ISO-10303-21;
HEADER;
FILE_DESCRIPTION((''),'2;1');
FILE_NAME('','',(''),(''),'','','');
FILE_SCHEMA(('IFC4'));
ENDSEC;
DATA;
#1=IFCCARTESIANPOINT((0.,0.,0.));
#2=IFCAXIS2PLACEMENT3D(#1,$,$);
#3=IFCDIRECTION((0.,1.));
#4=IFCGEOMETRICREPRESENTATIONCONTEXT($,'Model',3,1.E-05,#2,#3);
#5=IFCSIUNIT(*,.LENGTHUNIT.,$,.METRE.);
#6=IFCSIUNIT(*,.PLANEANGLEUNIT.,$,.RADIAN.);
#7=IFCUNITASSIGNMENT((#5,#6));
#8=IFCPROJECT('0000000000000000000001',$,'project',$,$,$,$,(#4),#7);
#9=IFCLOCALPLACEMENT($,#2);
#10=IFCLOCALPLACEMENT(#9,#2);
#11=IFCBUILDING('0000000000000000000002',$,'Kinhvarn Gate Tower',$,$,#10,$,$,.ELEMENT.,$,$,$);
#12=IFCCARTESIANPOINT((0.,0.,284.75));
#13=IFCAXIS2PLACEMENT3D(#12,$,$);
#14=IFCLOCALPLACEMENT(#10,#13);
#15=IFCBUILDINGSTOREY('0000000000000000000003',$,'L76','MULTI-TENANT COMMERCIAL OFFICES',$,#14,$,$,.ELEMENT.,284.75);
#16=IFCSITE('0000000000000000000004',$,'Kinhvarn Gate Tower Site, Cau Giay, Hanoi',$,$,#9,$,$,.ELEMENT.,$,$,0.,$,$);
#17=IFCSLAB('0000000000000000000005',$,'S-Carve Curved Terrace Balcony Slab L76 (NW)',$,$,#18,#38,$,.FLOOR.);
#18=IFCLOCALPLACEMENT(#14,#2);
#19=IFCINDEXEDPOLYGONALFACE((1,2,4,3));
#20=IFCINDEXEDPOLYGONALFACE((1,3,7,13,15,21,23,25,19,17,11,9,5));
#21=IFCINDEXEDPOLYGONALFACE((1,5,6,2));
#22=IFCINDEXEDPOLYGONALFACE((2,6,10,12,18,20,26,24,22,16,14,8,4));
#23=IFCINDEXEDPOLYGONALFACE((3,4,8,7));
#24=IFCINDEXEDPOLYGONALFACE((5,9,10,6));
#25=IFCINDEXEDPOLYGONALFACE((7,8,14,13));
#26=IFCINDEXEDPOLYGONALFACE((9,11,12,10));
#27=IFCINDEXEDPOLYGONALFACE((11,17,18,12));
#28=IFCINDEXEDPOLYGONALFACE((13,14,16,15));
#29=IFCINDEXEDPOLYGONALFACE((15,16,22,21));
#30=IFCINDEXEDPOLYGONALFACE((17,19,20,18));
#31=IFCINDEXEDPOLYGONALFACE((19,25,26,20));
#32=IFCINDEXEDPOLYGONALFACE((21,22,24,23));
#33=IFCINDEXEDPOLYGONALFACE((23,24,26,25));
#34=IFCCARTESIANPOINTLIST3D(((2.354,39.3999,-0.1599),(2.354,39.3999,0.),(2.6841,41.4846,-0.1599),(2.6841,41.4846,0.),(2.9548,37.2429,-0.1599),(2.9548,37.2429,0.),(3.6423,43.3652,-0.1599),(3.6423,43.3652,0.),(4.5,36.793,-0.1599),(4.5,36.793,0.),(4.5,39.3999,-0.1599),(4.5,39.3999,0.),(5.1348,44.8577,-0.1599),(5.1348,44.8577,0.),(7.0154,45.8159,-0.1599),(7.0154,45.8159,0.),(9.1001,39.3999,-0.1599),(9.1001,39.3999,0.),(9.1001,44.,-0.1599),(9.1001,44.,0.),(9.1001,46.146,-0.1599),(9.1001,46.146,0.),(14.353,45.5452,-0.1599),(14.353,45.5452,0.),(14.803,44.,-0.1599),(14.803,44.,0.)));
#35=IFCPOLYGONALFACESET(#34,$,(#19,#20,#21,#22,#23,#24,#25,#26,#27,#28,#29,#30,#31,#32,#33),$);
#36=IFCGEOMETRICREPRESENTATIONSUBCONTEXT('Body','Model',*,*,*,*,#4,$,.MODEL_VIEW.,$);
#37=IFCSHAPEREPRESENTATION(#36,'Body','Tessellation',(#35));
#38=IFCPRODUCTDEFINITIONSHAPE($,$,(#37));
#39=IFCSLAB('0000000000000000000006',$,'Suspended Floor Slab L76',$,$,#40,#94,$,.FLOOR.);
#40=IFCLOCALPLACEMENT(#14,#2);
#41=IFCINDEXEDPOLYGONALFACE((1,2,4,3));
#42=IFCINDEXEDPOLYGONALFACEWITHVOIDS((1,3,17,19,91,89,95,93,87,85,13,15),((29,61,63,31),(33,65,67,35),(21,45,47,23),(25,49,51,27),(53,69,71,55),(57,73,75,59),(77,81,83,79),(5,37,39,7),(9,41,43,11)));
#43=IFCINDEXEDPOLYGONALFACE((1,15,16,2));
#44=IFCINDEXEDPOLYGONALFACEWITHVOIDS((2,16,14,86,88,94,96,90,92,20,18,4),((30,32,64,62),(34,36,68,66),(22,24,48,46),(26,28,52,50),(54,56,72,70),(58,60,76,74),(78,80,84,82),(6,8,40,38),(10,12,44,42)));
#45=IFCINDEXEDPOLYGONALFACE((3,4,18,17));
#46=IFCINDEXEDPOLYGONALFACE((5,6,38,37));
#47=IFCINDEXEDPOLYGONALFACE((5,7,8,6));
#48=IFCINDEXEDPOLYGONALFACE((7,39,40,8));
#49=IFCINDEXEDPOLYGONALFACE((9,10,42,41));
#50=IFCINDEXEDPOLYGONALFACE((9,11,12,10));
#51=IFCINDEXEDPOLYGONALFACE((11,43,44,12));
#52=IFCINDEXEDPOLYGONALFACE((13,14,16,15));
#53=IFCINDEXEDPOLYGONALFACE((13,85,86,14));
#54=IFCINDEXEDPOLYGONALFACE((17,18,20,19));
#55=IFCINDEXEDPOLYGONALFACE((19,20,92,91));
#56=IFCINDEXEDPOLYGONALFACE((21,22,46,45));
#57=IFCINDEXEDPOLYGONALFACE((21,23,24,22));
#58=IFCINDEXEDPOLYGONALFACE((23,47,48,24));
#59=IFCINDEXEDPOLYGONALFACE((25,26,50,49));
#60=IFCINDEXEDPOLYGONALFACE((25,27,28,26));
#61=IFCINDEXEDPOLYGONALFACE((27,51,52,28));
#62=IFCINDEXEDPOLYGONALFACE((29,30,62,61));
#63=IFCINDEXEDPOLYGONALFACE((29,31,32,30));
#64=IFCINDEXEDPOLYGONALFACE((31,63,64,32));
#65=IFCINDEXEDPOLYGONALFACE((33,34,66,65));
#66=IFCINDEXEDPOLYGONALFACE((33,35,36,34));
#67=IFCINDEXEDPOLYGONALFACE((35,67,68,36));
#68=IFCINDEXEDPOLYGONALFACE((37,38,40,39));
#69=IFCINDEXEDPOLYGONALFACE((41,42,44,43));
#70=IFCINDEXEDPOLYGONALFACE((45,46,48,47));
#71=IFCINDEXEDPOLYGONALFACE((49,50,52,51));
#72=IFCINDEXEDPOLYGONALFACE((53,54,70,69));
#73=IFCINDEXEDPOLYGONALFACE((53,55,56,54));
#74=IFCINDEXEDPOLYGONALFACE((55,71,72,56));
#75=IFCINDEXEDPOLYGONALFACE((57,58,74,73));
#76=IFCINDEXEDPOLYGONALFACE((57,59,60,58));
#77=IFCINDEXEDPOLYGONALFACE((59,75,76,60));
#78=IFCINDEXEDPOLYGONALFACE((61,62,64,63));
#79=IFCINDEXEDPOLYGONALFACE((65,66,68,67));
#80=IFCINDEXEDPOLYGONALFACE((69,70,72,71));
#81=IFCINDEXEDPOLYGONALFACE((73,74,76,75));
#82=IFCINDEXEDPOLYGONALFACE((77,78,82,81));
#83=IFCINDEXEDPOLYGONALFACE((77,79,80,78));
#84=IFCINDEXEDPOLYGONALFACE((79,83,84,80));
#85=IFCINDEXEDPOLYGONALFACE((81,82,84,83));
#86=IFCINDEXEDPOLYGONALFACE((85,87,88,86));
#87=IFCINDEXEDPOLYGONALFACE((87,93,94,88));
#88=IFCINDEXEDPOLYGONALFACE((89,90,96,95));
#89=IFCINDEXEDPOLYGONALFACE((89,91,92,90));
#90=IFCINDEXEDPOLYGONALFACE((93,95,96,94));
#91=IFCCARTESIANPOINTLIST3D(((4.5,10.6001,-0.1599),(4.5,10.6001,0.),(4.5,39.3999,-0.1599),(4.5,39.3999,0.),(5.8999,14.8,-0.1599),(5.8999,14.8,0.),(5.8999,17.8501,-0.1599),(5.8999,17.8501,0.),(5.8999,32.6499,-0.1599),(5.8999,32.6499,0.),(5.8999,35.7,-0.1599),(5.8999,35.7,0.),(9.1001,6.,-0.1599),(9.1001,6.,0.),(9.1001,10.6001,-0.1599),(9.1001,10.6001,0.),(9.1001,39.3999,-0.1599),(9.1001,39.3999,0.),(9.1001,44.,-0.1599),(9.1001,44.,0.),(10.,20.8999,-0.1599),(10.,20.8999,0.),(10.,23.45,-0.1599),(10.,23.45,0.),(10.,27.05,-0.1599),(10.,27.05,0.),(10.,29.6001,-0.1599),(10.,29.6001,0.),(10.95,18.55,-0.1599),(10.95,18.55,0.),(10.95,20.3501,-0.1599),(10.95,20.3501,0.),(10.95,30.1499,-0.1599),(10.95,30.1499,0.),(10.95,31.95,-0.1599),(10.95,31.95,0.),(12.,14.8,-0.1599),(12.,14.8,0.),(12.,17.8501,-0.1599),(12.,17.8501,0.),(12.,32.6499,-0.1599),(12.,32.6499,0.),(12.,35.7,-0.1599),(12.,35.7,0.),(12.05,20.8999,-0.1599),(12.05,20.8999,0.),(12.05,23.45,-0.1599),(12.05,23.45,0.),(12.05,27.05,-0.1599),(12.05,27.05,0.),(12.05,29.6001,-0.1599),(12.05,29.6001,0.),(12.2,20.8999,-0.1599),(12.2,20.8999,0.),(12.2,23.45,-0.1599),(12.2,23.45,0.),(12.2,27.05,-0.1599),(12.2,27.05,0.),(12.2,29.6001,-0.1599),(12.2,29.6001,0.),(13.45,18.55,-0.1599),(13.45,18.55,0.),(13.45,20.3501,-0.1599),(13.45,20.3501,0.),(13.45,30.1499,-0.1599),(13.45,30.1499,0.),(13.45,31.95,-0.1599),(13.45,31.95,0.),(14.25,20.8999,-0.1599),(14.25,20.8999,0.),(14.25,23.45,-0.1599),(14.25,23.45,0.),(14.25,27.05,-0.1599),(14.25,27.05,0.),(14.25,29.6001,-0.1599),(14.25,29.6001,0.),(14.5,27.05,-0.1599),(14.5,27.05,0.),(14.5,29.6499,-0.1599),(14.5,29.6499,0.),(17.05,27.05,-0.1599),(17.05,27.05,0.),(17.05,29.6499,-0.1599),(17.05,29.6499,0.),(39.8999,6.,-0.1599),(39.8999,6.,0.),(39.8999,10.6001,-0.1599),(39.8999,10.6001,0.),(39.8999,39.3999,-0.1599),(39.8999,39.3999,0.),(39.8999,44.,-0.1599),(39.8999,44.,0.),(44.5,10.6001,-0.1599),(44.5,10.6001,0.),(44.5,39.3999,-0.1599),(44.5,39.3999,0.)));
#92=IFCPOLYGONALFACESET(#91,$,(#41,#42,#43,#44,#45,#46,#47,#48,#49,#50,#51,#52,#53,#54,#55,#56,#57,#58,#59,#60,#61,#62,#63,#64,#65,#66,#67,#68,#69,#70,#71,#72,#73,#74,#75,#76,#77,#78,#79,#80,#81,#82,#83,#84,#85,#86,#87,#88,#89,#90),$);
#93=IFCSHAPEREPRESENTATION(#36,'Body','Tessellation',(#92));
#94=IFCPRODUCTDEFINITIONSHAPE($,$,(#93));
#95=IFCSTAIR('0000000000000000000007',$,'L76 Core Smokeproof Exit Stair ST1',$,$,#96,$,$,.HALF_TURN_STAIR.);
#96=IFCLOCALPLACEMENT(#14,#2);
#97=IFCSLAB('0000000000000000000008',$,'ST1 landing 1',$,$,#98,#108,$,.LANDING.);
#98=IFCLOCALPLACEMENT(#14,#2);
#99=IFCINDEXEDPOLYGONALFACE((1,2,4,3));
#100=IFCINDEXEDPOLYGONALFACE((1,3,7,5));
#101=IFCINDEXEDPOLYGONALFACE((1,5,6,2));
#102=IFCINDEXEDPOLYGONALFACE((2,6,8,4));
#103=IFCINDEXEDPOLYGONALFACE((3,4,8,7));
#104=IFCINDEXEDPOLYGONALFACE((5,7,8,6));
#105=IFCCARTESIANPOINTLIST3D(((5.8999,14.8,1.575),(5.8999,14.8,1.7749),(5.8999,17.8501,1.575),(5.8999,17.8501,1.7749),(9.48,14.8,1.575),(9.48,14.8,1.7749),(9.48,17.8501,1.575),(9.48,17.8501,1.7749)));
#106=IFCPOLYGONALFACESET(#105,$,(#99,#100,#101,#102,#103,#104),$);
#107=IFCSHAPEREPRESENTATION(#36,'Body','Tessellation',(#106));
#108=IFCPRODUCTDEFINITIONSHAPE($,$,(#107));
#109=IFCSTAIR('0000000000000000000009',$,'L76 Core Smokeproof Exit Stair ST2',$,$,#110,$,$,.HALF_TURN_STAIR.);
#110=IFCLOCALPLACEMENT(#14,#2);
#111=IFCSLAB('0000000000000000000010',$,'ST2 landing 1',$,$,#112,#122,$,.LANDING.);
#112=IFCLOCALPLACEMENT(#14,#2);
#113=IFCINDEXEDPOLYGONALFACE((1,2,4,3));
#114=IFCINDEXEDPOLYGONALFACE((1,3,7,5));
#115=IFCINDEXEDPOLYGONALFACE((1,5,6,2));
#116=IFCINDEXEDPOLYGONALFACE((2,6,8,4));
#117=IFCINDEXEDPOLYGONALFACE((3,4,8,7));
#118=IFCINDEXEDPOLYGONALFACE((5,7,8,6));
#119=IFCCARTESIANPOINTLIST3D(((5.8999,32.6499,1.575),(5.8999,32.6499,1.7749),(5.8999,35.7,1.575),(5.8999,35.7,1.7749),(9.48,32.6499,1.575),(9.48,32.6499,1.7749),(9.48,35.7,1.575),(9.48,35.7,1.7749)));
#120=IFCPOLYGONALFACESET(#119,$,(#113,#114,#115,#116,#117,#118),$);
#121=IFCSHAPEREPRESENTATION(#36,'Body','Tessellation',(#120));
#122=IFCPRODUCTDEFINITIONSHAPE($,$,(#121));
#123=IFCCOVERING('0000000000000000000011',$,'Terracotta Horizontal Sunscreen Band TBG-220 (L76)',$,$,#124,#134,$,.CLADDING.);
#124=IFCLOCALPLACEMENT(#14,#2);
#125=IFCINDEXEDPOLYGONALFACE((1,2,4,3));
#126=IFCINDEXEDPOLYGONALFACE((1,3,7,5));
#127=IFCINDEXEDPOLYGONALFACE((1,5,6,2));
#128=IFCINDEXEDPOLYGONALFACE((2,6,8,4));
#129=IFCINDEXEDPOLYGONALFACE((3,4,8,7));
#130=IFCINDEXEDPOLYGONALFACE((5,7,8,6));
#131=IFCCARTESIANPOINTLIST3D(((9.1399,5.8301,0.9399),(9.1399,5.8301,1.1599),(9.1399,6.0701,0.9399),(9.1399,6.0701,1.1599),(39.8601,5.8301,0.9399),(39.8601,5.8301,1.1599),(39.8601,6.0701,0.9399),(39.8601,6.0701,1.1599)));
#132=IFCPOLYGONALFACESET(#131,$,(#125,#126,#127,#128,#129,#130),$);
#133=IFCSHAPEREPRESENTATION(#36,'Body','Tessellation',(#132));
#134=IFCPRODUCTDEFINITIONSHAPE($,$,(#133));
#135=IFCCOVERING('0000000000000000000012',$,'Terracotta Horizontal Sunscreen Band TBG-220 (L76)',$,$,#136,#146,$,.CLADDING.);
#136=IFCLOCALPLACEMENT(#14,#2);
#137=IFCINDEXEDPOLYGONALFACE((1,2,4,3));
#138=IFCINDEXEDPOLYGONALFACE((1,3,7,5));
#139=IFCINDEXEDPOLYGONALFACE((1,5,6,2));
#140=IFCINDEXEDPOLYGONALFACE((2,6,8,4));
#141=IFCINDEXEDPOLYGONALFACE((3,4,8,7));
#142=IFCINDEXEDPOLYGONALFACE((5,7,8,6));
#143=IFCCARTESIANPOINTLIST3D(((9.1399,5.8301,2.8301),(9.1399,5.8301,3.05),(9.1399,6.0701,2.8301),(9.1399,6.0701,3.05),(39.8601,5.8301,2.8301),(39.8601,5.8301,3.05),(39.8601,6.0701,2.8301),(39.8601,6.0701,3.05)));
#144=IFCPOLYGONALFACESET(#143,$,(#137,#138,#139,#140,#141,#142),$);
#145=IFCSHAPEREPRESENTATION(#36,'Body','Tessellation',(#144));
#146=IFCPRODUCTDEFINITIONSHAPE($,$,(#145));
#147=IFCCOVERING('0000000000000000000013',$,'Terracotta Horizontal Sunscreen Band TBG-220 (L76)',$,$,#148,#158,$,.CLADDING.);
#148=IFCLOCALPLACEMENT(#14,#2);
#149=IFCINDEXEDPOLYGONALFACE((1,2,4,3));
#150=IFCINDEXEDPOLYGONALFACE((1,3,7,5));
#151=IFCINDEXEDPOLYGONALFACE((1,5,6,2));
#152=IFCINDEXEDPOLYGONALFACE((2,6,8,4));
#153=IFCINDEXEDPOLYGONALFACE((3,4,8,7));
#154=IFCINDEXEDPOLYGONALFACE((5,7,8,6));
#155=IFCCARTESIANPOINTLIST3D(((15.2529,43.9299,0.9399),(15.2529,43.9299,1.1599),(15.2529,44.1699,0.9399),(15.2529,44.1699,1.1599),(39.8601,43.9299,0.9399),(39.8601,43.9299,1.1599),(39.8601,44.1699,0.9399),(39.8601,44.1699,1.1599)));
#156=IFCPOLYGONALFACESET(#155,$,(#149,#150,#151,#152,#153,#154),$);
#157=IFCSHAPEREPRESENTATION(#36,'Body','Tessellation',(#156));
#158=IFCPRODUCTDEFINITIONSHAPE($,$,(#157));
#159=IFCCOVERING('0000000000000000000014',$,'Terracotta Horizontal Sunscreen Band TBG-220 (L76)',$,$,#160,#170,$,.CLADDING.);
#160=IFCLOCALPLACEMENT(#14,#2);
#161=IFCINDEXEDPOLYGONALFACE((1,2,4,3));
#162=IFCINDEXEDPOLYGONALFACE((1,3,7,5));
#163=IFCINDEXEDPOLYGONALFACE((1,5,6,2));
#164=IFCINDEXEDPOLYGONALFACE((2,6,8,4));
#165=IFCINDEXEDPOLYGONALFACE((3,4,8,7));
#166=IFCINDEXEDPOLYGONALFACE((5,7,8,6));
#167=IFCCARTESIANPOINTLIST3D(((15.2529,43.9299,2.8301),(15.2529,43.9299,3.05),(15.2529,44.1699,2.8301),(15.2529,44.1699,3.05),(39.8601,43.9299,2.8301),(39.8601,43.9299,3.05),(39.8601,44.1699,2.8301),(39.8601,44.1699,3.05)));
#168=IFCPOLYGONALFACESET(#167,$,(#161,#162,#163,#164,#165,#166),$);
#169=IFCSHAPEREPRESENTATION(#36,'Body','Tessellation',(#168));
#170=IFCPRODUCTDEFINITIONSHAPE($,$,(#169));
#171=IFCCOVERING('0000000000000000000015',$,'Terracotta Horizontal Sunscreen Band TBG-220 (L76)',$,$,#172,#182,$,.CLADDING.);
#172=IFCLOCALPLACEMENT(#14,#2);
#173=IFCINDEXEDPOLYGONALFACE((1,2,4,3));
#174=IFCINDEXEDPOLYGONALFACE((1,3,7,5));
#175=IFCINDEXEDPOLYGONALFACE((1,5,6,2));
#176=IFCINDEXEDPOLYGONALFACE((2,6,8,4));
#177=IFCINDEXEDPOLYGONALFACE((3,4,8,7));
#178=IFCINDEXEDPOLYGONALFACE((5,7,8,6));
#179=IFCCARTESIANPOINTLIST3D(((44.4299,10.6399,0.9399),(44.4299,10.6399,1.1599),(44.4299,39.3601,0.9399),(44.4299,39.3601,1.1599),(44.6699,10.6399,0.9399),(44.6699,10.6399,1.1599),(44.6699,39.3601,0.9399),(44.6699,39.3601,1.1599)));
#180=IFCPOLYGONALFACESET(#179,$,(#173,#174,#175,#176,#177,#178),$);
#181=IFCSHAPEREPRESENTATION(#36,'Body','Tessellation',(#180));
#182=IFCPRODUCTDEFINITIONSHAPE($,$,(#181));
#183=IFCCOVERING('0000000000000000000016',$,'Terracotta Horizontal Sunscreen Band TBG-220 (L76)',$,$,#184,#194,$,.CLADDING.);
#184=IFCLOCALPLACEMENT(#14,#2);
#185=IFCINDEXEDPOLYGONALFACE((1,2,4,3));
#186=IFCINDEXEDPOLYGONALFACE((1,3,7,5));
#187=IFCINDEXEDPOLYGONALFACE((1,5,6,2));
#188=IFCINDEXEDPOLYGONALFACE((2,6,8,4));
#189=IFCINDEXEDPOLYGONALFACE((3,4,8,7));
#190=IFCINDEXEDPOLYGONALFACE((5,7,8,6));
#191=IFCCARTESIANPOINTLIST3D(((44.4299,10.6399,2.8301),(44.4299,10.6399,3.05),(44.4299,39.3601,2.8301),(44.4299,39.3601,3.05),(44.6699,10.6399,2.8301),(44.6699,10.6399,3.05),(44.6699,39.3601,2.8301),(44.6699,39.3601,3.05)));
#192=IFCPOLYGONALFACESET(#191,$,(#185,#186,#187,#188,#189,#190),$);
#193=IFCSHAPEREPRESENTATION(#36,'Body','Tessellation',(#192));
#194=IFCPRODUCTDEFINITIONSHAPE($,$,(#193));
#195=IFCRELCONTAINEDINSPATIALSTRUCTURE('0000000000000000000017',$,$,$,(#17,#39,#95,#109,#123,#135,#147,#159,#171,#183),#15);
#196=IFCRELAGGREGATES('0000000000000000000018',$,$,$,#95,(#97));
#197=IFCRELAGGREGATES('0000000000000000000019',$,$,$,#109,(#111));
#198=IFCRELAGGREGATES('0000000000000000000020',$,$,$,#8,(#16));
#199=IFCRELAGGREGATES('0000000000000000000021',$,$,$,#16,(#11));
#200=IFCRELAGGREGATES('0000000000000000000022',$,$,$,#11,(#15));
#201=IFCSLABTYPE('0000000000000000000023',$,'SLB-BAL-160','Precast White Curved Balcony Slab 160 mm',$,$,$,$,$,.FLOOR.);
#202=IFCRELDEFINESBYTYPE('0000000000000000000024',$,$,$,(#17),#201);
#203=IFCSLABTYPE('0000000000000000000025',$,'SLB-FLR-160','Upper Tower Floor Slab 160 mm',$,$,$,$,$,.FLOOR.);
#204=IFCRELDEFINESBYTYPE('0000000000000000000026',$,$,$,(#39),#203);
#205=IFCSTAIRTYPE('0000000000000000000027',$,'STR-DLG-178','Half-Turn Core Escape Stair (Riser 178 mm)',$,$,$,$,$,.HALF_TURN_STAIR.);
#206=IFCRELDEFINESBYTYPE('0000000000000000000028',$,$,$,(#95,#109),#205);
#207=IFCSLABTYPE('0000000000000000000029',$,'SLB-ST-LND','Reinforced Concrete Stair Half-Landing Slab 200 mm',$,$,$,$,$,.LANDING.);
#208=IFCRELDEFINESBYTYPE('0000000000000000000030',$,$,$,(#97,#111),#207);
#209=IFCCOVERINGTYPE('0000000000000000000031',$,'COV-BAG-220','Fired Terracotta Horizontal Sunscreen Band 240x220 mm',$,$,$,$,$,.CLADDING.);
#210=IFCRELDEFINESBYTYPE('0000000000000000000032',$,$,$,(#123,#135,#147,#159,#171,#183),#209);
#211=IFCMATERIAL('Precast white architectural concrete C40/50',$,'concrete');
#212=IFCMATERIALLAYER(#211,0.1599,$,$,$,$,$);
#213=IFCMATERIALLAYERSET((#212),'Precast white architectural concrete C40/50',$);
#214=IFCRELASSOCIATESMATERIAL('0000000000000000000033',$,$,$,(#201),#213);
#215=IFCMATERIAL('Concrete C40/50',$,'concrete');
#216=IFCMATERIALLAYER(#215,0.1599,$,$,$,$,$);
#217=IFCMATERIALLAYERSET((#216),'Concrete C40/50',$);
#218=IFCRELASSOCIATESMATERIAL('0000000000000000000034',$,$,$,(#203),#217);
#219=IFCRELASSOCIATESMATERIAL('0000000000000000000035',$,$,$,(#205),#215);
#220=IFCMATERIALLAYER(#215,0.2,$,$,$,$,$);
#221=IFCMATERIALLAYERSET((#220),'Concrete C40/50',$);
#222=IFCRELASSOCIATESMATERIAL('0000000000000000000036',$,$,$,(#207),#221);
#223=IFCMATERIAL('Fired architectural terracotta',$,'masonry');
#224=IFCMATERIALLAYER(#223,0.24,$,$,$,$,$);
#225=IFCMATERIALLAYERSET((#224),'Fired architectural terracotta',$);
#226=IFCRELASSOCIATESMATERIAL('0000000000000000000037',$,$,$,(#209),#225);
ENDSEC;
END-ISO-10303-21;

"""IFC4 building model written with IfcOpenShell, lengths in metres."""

from ifc_helpers import new_model, si_unit, direction, frame, origin, place, context, subcontext, project, spatial, polyline, outline, extrude, material, layer, layer_set, type_object, element, aggregate, save


model = new_model("IFC4")

# Units and contexts
model_context = context("Model", 3, precision=1e-05, world=origin(), true_north=direction((0.0, 1.0)))
body_context = subcontext(model_context, "Body", "Model", "MODEL_VIEW")
ifc_project = project(units=[si_unit("LENGTHUNIT", "METRE"), si_unit("PLANEANGLEUNIT", "RADIAN")], contexts=[model_context])

# Site, building, storey
site_placement = place(None, origin())
site = spatial("IfcSite", under=ifc_project, at=site_placement, Name="Kinhvarn Gate Tower Site, Cau Giay, Hanoi", CompositionType="ELEMENT", RefElevation=0.0)
building_placement = place(site_placement, origin())
building = spatial("IfcBuilding", under=site, at=building_placement, Name="Kinhvarn Gate Tower", CompositionType="ELEMENT")
storey_placement = place(building_placement, frame((0.0, 0.0, 284.75)))
storey = spatial("IfcBuildingStorey", under=building, at=storey_placement, Name="L76", Description="MULTI-TENANT COMMERCIAL OFFICES", CompositionType="ELEMENT", Elevation=284.75)

# Slabs
ifc_material_1 = material(Name="Precast white architectural concrete C40/50", Category="concrete")
ifc_layer_1 = layer(ifc_material_1, 0.1599)
ifc_layer_set_1 = layer_set([ifc_layer_1], Name="Precast white architectural concrete C40/50")
slab_type_1 = type_object("IfcSlabType", Name="SLB-BAL-160", Description="Precast White Curved Balcony Slab 160 mm", PredefinedType="FLOOR", material=ifc_layer_set_1)
slab_1_placement = place(storey_placement, frame((0.0, 0.0, -0.1599)))
element("IfcSlab", 1, at=slab_1_placement, inside=storey, type_object=slab_type_1, Name="S-Carve Curved Terrace Balcony Slab L76 (NW)", PredefinedType="FLOOR", context=body_context, shape_type="SweptSolid", body=[
    extrude(outline(polyline([(14.803, 44.0), (14.353, 45.5452), (9.1001, 46.146), (7.0154, 45.8159), (5.1348, 44.8577), (3.6423, 43.3652), (2.6841, 41.4846), (2.354, 39.3999), (2.9548, 37.2429), (4.5, 36.793), (4.5, 39.3999), (9.1001, 39.3999), (9.1001, 44.0), (14.803, 44.0)])), origin(), (0.0, 0.0, 1.0), 0.1599),
])
ifc_material_2 = material(Name="Concrete C40/50", Category="concrete")
ifc_layer_2 = layer(ifc_material_2, 0.1599)
ifc_layer_set_2 = layer_set([ifc_layer_2], Name="Concrete C40/50")
slab_type_2 = type_object("IfcSlabType", Name="SLB-FLR-160", Description="Upper Tower Floor Slab 160 mm", PredefinedType="FLOOR", material=ifc_layer_set_2)
slab_2_placement = place(storey_placement, frame((0.0, 0.0, -0.1599)))
element("IfcSlab", 2, at=slab_2_placement, inside=storey, type_object=slab_type_2, Name="Suspended Floor Slab L76", PredefinedType="FLOOR", context=body_context, shape_type="SweptSolid", body=[
    extrude(outline(polyline([(9.1001, 6.0), (39.8999, 6.0), (39.8999, 10.6001), (44.5, 10.6001), (44.5, 39.3999), (39.8999, 39.3999), (39.8999, 44.0), (9.1001, 44.0), (9.1001, 39.3999), (4.5, 39.3999), (4.5, 10.6001), (9.1001, 10.6001), (9.1001, 6.0)]), holes=[polyline([(5.8999, 14.8), (12.0, 14.8), (12.0, 17.8501), (5.8999, 17.8501), (5.8999, 14.8)]), polyline([(5.8999, 32.6499), (12.0, 32.6499), (12.0, 35.7), (5.8999, 35.7), (5.8999, 32.6499)]), polyline([(10.0, 20.8999), (12.05, 20.8999), (12.05, 23.45), (10.0, 23.45), (10.0, 20.8999)]), polyline([(12.2, 20.8999), (14.25, 20.8999), (14.25, 23.45), (12.2, 23.45), (12.2, 20.8999)]), polyline([(10.0, 27.05), (12.05, 27.05), (12.05, 29.6001), (10.0, 29.6001), (10.0, 27.05)]), polyline([(12.2, 27.05), (14.25, 27.05), (14.25, 29.6001), (12.2, 29.6001), (12.2, 27.05)]), polyline([(14.5, 27.05), (17.05, 27.05), (17.05, 29.6499), (14.5, 29.6499), (14.5, 27.05)]), polyline([(10.95, 18.55), (13.45, 18.55), (13.45, 20.3501), (10.95, 20.3501), (10.95, 18.55)]), polyline([(10.95, 30.1499), (13.45, 30.1499), (13.45, 31.95), (10.95, 31.95), (10.95, 30.1499)])]), origin(), (0.0, 0.0, 1.0), 0.1599),
])

# Stairs, slabs
stair_type = type_object("IfcStairType", Name="STR-DLG-178", Description="Half-Turn Core Escape Stair (Riser 178 mm)", PredefinedType="HALF_TURN_STAIR", material=ifc_material_2)
stair_1_placement = place(storey_placement, origin())
stair_1 = element("IfcStair", 3, at=stair_1_placement, inside=storey, type_object=stair_type, Name="L76 Core Smokeproof Exit Stair ST1", PredefinedType="HALF_TURN_STAIR")
ifc_layer_3 = layer(ifc_material_2, 0.2)
ifc_layer_set_3 = layer_set([ifc_layer_3], Name="Concrete C40/50")
slab_type_3 = type_object("IfcSlabType", Name="SLB-ST-LND", Description="Reinforced Concrete Stair Half-Landing Slab 200 mm", PredefinedType="LANDING", material=ifc_layer_set_3)
slab_3_placement = place(storey_placement, frame((0.0, 0.0, 1.575)))
slab_3 = element("IfcSlab", 4, at=slab_3_placement, type_object=slab_type_3, Name="ST1 landing 1", PredefinedType="LANDING", context=body_context, shape_type="SweptSolid", body=[
    extrude(outline(polyline([(9.48, 17.8501), (5.8999, 17.8501), (5.8999, 14.8), (9.48, 14.8), (9.48, 17.8501)])), origin(), (0.0, 0.0, 1.0), 0.2),
])
aggregate(stair_1, [slab_3])
stair_2_placement = place(storey_placement, origin())
stair_2 = element("IfcStair", 5, at=stair_2_placement, inside=storey, type_object=stair_type, Name="L76 Core Smokeproof Exit Stair ST2", PredefinedType="HALF_TURN_STAIR")
slab_4_placement = place(storey_placement, frame((0.0, 0.0, 1.575)))
slab_4 = element("IfcSlab", 6, at=slab_4_placement, type_object=slab_type_3, Name="ST2 landing 1", PredefinedType="LANDING", context=body_context, shape_type="SweptSolid", body=[
    extrude(outline(polyline([(9.48, 35.7), (5.8999, 35.7), (5.8999, 32.6499), (9.48, 32.6499), (9.48, 35.7)])), origin(), (0.0, 0.0, 1.0), 0.2),
])
aggregate(stair_2, [slab_4])

# Coverings
ifc_material_3 = material(Name="Fired architectural terracotta", Category="masonry")
ifc_layer_4 = layer(ifc_material_3, 0.24)
ifc_layer_set_4 = layer_set([ifc_layer_4], Name="Fired architectural terracotta")
covering_type_1 = type_object("IfcCoveringType", Name="COV-BAG-220", Description="Fired Terracotta Horizontal Sunscreen Band 240x220 mm", PredefinedType="CLADDING", material=ifc_layer_set_4)
for number, where, name in (
    (7, (0.0, 0.0, 0.9399), "Terracotta Horizontal Sunscreen Band TBG-220 (L76)"),
    (8, (0.0, 0.0, 2.8301), "Terracotta Horizontal Sunscreen Band TBG-220 (L76)"),
):
    element("IfcCovering", number, at=place(storey_placement, frame(where)), inside=storey, type_object=covering_type_1, Name=name, PredefinedType="CLADDING", context=body_context, shape_type="SweptSolid", body=[
        extrude(outline(polyline([(9.1399, 6.0701), (39.8601, 6.0701), (39.8601, 5.8301), (9.1399, 5.8301), (9.1399, 6.0701)])), origin(), (0.0, 0.0, 1.0), 0.22),
    ])
for number, where, name in (
    (9, (0.0, 0.0, 0.9399), "Terracotta Horizontal Sunscreen Band TBG-220 (L76)"),
    (10, (0.0, 0.0, 2.8301), "Terracotta Horizontal Sunscreen Band TBG-220 (L76)"),
):
    element("IfcCovering", number, at=place(storey_placement, frame(where)), inside=storey, type_object=covering_type_1, Name=name, PredefinedType="CLADDING", context=body_context, shape_type="SweptSolid", body=[
        extrude(outline(polyline([(39.8601, 43.9299), (15.2529, 43.9299), (15.2529, 44.1699), (39.8601, 44.1699), (39.8601, 43.9299)])), origin(), (0.0, 0.0, 1.0), 0.22),
    ])
for number, where, name in (
    (11, (0.0, 0.0, 0.9399), "Terracotta Horizontal Sunscreen Band TBG-220 (L76)"),
    (12, (0.0, 0.0, 2.8301), "Terracotta Horizontal Sunscreen Band TBG-220 (L76)"),
):
    element("IfcCovering", number, at=place(storey_placement, frame(where)), inside=storey, type_object=covering_type_1, Name=name, PredefinedType="CLADDING", context=body_context, shape_type="SweptSolid", body=[
        extrude(outline(polyline([(44.4299, 10.6399), (44.4299, 39.3601), (44.6699, 39.3601), (44.6699, 10.6399), (44.4299, 10.6399)])), origin(), (0.0, 0.0, 1.0), 0.22),
    ])

save(model, "model.ifc")
